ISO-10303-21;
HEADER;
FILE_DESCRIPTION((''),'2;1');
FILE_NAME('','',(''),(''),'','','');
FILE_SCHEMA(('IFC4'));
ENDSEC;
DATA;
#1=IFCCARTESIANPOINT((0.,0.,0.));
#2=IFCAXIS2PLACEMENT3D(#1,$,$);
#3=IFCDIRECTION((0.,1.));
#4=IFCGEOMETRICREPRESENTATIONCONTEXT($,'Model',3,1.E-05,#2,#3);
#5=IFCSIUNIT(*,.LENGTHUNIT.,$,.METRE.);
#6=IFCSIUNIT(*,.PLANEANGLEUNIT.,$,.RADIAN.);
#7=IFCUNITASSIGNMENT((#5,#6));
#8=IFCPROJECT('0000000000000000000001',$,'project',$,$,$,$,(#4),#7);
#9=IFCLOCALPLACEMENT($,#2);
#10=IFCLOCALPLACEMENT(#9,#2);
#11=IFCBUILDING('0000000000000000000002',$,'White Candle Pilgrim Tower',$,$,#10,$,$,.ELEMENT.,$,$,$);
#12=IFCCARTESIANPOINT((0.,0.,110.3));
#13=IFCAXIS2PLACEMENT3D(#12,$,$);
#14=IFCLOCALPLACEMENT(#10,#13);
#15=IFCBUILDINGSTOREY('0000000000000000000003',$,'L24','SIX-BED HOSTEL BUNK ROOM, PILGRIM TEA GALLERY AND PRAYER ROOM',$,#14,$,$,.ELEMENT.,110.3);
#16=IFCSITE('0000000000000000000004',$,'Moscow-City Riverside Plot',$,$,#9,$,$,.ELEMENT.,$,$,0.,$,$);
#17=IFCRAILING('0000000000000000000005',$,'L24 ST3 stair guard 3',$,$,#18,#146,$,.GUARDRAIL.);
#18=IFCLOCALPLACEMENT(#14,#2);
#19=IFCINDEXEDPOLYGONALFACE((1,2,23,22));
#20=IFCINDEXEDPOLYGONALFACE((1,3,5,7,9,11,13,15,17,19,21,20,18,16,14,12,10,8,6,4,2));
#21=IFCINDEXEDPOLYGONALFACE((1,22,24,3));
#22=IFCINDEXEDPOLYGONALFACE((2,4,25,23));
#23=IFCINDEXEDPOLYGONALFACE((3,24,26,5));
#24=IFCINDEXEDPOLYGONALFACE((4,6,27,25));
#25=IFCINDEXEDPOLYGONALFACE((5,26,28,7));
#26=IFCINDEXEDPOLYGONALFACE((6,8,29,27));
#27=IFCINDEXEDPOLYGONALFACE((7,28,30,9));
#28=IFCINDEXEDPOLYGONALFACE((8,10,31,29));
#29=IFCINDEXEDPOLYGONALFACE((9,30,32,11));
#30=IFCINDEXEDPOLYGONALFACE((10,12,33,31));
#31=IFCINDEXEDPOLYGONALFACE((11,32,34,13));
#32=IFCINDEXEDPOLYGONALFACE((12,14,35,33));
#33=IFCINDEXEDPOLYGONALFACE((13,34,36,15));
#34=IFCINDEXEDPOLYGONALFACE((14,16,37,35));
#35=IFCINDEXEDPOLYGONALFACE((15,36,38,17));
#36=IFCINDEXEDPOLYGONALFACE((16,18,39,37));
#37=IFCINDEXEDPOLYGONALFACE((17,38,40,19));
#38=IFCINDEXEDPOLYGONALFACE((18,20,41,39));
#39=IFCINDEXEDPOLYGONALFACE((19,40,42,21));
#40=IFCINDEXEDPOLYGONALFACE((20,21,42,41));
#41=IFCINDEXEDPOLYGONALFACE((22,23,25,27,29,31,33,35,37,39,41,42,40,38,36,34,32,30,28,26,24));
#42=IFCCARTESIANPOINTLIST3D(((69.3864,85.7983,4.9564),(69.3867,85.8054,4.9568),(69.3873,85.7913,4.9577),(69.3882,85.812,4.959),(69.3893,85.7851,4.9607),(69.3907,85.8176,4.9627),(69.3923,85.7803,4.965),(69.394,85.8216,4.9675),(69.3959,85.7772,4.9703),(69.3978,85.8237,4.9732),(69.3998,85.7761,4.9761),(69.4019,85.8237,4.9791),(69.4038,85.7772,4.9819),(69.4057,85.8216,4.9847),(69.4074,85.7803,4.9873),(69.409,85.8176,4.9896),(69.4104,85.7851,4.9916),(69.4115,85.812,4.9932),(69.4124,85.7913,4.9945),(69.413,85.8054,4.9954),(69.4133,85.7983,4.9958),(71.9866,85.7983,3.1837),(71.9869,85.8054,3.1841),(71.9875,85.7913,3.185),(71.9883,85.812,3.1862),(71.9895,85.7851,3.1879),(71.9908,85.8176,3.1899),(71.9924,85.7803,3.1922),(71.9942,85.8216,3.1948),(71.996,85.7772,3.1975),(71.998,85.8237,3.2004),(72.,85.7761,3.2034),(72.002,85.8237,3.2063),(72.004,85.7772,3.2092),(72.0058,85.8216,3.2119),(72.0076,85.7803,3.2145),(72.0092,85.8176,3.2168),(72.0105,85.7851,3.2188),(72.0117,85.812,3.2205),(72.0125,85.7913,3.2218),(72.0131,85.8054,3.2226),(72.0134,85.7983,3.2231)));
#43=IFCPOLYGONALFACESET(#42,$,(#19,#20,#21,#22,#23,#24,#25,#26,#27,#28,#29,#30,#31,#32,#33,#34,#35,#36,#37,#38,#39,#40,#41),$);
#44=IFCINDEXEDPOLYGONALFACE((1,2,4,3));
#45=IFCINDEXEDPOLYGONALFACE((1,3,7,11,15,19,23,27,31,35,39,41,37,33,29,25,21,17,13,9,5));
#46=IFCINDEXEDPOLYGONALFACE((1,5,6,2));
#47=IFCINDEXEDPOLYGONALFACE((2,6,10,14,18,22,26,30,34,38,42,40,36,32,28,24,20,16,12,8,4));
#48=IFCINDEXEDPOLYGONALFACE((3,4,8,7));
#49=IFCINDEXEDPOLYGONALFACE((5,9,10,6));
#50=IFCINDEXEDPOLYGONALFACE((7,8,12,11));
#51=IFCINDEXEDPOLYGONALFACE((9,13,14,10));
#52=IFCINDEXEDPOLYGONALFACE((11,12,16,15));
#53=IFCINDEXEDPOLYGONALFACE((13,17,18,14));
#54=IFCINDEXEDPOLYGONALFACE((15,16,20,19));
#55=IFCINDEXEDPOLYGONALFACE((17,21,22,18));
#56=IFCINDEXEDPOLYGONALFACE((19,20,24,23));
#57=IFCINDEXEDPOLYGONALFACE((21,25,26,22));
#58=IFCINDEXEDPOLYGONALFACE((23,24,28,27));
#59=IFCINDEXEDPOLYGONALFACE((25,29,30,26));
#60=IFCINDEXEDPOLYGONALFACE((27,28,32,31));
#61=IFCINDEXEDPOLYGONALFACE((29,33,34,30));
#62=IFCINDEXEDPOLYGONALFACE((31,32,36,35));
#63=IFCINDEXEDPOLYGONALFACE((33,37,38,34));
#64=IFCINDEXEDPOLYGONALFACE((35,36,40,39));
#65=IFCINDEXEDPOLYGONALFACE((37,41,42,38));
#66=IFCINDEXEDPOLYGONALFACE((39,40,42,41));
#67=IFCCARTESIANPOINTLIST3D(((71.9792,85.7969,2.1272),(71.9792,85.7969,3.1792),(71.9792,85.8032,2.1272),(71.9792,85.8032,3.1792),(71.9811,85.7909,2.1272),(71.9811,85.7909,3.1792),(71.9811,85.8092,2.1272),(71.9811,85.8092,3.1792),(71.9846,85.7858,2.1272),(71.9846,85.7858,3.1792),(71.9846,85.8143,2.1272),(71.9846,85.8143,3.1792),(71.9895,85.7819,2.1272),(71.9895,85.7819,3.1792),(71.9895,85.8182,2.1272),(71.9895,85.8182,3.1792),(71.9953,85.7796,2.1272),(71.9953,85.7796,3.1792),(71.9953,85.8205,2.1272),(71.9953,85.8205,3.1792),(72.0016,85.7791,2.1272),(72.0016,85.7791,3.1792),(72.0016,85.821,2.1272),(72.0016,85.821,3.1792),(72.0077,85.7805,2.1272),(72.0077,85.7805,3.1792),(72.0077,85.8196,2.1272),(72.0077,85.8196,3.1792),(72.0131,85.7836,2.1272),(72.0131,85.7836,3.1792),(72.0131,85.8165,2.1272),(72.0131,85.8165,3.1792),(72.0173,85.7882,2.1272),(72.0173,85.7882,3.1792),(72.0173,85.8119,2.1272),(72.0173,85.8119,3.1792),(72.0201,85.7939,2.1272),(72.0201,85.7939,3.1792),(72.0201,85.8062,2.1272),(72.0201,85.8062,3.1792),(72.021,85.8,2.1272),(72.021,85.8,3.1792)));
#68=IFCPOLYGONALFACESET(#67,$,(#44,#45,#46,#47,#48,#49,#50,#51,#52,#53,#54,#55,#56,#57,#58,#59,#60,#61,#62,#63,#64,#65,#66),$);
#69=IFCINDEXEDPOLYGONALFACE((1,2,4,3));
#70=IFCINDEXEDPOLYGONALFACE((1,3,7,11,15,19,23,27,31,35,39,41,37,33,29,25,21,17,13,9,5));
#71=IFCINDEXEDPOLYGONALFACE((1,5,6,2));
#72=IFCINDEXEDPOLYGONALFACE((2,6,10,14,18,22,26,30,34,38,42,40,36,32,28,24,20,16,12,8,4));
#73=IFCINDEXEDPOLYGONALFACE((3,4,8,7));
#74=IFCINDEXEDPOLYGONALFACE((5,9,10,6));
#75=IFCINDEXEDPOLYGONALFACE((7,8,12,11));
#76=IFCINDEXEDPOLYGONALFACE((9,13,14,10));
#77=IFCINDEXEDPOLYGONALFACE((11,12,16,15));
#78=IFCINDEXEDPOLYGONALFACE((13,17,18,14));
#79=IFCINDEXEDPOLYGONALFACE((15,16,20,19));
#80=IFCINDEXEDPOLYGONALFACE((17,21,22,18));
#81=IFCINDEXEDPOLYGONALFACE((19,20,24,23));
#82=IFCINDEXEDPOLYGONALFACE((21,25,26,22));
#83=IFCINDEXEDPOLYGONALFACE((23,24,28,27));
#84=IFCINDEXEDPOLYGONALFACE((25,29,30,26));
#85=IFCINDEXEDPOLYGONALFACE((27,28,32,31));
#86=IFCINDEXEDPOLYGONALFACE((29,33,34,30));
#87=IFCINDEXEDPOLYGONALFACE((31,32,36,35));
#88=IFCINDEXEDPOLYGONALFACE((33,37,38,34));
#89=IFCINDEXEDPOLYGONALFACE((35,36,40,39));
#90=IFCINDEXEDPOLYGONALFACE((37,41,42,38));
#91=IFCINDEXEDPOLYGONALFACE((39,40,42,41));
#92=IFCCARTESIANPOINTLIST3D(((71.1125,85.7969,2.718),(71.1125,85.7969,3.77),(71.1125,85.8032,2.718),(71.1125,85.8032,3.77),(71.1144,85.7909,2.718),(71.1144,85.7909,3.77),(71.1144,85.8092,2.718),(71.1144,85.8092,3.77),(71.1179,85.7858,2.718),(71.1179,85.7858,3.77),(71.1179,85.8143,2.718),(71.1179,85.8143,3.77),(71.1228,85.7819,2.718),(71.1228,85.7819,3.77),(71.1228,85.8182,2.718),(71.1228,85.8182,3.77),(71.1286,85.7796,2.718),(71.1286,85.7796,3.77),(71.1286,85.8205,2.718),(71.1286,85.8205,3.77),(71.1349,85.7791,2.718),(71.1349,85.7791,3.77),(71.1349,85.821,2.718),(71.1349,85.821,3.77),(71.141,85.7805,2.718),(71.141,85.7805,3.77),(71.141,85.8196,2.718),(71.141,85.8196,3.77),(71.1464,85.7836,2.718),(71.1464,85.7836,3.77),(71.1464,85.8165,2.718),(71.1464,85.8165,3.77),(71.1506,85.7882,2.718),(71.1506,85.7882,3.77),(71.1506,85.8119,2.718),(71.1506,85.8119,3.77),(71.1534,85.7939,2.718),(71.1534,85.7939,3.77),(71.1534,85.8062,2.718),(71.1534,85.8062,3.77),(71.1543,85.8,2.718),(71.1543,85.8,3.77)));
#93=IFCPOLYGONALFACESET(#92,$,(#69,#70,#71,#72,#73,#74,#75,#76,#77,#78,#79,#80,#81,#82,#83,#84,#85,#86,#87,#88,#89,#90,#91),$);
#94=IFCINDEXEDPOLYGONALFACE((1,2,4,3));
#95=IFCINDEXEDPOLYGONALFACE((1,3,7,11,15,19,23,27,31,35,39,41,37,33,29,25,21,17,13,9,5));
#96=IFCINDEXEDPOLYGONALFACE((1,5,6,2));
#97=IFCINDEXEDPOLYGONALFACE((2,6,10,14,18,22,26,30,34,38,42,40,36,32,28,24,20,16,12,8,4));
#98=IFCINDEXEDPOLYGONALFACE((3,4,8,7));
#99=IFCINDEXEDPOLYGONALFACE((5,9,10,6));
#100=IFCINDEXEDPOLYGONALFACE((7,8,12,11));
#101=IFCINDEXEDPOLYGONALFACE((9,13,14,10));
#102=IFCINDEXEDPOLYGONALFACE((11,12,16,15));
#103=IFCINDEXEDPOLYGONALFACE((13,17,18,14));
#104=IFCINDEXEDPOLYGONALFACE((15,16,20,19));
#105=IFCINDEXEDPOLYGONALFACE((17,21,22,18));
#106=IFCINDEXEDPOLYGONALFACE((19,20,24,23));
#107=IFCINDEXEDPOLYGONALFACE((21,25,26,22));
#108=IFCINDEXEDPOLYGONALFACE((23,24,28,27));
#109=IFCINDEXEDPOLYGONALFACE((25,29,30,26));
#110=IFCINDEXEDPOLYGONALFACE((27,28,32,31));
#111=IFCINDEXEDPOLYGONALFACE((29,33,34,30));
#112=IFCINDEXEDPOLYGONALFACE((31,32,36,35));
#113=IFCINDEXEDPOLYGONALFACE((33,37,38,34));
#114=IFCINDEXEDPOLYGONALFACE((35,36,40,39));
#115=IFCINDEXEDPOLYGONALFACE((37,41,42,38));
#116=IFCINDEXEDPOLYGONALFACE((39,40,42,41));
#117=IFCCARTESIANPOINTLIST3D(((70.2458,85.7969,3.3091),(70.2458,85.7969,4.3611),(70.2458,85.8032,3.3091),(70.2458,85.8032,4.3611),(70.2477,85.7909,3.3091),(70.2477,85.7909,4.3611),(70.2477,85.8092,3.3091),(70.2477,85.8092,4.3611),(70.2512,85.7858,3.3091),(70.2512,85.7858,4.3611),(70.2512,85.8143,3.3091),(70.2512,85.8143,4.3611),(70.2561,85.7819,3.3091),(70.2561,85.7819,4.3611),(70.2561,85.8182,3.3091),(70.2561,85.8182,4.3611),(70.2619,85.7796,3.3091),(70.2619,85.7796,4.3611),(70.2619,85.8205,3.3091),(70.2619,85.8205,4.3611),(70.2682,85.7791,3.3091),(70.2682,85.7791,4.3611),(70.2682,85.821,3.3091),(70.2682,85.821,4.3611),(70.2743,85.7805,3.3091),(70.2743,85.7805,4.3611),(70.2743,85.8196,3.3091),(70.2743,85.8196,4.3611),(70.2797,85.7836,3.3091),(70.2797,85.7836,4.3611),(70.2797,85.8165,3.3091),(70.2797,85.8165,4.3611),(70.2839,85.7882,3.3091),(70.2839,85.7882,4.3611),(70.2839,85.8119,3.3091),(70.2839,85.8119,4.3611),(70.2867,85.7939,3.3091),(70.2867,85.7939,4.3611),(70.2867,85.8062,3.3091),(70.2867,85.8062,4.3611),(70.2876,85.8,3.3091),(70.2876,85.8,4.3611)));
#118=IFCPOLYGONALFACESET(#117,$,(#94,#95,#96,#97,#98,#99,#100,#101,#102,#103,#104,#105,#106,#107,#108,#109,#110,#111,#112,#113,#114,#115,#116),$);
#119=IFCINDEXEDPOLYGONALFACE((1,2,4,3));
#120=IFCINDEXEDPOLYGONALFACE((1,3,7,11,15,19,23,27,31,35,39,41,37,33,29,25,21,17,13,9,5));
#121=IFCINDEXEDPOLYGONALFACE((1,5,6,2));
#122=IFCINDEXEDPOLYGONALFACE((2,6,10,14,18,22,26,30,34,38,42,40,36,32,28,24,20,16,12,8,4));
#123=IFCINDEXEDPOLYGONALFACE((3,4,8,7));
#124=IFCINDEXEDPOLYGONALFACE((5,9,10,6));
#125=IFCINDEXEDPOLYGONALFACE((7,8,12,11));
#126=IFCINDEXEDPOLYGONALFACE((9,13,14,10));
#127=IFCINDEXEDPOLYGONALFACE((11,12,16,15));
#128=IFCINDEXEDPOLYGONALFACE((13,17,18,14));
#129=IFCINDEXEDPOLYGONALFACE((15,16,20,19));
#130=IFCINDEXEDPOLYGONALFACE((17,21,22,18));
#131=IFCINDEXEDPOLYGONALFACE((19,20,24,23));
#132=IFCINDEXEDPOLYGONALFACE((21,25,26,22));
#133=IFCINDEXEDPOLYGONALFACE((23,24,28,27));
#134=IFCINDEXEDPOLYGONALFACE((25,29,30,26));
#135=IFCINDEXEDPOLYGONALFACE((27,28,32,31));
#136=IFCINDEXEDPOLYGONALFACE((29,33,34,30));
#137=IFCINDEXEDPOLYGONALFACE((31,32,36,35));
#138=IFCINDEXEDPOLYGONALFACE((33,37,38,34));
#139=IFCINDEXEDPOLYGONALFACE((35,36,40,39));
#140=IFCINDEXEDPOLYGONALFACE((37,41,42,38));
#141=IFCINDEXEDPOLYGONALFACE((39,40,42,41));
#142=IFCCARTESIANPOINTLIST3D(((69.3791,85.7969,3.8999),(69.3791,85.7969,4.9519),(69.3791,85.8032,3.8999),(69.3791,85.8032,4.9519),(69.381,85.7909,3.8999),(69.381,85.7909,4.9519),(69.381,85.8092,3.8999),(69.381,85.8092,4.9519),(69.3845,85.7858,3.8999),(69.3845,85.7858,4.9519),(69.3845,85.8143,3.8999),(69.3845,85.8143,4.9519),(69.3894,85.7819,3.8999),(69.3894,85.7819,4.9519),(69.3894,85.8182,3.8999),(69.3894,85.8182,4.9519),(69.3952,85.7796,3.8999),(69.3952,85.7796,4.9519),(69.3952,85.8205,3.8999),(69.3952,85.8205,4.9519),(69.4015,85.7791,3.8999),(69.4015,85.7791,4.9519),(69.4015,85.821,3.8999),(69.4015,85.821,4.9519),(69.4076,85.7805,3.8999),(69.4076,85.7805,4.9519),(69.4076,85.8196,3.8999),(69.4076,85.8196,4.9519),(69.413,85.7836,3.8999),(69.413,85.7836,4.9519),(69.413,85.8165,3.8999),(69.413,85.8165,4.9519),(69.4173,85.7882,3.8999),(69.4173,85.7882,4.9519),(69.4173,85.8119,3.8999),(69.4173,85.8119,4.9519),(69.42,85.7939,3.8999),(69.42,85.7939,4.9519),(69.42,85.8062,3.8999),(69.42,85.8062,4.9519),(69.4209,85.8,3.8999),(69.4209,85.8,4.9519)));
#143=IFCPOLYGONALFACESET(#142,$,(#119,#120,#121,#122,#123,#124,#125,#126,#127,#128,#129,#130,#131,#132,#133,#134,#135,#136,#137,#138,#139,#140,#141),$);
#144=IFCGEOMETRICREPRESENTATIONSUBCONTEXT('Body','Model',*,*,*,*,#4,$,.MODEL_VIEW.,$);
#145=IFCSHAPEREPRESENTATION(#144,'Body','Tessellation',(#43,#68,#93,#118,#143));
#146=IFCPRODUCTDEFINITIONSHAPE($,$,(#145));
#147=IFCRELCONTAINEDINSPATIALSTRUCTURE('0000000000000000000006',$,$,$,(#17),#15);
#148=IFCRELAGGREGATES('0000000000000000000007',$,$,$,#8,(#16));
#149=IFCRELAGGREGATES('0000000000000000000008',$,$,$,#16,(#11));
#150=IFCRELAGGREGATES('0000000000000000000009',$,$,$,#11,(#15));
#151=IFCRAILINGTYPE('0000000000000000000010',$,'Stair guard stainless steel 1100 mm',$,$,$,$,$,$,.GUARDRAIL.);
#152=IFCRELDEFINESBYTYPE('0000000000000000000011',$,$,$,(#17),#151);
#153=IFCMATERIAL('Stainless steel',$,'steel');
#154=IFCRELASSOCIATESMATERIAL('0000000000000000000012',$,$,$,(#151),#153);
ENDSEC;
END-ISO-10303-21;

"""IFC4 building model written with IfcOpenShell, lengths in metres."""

from ifc_helpers import new_model, si_unit, direction, frame, origin, origin_2d, place, context, subcontext, project, spatial, circle, extrude, material, type_object, element, save


model = new_model("IFC4")

# Units and contexts
model_context = context("Model", 3, precision=1e-05, world=origin(), true_north=direction((0.0, 1.0)))
body_context = subcontext(model_context, "Body", "Model", "MODEL_VIEW")
ifc_project = project(units=[si_unit("LENGTHUNIT", "METRE"), si_unit("PLANEANGLEUNIT", "RADIAN")], contexts=[model_context])

# Site, building, storey
site_placement = place(None, origin())
site = spatial("IfcSite", under=ifc_project, at=site_placement, Name="Moscow-City Riverside Plot", CompositionType="ELEMENT", RefElevation=0.0)
building_placement = place(site_placement, origin())
building = spatial("IfcBuilding", under=site, at=building_placement, Name="White Candle Pilgrim Tower", CompositionType="ELEMENT")
storey_placement = place(building_placement, frame((0.0, 0.0, 110.3)))
storey = spatial("IfcBuildingStorey", under=building, at=storey_placement, Name="L24", Description="SIX-BED HOSTEL BUNK ROOM, PILGRIM TEA GALLERY AND PRAYER ROOM", CompositionType="ELEMENT", Elevation=110.3)

# Railing
ifc_material_1 = material(Name="Stainless steel", Category="steel")
railing_type_1 = type_object("IfcRailingType", Name="Stair guard stainless steel 1100 mm", PredefinedType="GUARDRAIL", material=ifc_material_1)
railing_1_placement = place(storey_placement, frame((72.0, 85.8, 2.1272)))
element("IfcRailing", 1, at=railing_1_placement, inside=storey, type_object=railing_type_1, Name="L24 ST3 stair guard 3", PredefinedType="GUARDRAIL", context=body_context, shape_type="SweptSolid", body=[
    extrude(circle(Radius=0.0239, at=origin_2d()), frame((0.0, 0.0, 1.0762), z_axis=(-0.82624, 0.0, 0.563318), x_axis=(0.0, -1.0, 0.0)), (0.0, 0.0, 1.0), 3.147),
    extrude(circle(Radius=0.021, at=origin_2d()), origin(), (0.0, 0.0, 1.0), 1.052),
    extrude(circle(Radius=0.021, at=origin_2d()), frame((-0.8667, 0.0, 0.5908)), (0.0, 0.0, 1.0), 1.052),
    extrude(circle(Radius=0.021, at=origin_2d()), frame((-1.7334, 0.0, 1.1819)), (0.0, 0.0, 1.0), 1.052),
    extrude(circle(Radius=0.021, at=origin_2d()), frame((-2.6001, 0.0, 1.7727)), (0.0, 0.0, 1.0), 1.052),
])

save(model, "model.ifc")
